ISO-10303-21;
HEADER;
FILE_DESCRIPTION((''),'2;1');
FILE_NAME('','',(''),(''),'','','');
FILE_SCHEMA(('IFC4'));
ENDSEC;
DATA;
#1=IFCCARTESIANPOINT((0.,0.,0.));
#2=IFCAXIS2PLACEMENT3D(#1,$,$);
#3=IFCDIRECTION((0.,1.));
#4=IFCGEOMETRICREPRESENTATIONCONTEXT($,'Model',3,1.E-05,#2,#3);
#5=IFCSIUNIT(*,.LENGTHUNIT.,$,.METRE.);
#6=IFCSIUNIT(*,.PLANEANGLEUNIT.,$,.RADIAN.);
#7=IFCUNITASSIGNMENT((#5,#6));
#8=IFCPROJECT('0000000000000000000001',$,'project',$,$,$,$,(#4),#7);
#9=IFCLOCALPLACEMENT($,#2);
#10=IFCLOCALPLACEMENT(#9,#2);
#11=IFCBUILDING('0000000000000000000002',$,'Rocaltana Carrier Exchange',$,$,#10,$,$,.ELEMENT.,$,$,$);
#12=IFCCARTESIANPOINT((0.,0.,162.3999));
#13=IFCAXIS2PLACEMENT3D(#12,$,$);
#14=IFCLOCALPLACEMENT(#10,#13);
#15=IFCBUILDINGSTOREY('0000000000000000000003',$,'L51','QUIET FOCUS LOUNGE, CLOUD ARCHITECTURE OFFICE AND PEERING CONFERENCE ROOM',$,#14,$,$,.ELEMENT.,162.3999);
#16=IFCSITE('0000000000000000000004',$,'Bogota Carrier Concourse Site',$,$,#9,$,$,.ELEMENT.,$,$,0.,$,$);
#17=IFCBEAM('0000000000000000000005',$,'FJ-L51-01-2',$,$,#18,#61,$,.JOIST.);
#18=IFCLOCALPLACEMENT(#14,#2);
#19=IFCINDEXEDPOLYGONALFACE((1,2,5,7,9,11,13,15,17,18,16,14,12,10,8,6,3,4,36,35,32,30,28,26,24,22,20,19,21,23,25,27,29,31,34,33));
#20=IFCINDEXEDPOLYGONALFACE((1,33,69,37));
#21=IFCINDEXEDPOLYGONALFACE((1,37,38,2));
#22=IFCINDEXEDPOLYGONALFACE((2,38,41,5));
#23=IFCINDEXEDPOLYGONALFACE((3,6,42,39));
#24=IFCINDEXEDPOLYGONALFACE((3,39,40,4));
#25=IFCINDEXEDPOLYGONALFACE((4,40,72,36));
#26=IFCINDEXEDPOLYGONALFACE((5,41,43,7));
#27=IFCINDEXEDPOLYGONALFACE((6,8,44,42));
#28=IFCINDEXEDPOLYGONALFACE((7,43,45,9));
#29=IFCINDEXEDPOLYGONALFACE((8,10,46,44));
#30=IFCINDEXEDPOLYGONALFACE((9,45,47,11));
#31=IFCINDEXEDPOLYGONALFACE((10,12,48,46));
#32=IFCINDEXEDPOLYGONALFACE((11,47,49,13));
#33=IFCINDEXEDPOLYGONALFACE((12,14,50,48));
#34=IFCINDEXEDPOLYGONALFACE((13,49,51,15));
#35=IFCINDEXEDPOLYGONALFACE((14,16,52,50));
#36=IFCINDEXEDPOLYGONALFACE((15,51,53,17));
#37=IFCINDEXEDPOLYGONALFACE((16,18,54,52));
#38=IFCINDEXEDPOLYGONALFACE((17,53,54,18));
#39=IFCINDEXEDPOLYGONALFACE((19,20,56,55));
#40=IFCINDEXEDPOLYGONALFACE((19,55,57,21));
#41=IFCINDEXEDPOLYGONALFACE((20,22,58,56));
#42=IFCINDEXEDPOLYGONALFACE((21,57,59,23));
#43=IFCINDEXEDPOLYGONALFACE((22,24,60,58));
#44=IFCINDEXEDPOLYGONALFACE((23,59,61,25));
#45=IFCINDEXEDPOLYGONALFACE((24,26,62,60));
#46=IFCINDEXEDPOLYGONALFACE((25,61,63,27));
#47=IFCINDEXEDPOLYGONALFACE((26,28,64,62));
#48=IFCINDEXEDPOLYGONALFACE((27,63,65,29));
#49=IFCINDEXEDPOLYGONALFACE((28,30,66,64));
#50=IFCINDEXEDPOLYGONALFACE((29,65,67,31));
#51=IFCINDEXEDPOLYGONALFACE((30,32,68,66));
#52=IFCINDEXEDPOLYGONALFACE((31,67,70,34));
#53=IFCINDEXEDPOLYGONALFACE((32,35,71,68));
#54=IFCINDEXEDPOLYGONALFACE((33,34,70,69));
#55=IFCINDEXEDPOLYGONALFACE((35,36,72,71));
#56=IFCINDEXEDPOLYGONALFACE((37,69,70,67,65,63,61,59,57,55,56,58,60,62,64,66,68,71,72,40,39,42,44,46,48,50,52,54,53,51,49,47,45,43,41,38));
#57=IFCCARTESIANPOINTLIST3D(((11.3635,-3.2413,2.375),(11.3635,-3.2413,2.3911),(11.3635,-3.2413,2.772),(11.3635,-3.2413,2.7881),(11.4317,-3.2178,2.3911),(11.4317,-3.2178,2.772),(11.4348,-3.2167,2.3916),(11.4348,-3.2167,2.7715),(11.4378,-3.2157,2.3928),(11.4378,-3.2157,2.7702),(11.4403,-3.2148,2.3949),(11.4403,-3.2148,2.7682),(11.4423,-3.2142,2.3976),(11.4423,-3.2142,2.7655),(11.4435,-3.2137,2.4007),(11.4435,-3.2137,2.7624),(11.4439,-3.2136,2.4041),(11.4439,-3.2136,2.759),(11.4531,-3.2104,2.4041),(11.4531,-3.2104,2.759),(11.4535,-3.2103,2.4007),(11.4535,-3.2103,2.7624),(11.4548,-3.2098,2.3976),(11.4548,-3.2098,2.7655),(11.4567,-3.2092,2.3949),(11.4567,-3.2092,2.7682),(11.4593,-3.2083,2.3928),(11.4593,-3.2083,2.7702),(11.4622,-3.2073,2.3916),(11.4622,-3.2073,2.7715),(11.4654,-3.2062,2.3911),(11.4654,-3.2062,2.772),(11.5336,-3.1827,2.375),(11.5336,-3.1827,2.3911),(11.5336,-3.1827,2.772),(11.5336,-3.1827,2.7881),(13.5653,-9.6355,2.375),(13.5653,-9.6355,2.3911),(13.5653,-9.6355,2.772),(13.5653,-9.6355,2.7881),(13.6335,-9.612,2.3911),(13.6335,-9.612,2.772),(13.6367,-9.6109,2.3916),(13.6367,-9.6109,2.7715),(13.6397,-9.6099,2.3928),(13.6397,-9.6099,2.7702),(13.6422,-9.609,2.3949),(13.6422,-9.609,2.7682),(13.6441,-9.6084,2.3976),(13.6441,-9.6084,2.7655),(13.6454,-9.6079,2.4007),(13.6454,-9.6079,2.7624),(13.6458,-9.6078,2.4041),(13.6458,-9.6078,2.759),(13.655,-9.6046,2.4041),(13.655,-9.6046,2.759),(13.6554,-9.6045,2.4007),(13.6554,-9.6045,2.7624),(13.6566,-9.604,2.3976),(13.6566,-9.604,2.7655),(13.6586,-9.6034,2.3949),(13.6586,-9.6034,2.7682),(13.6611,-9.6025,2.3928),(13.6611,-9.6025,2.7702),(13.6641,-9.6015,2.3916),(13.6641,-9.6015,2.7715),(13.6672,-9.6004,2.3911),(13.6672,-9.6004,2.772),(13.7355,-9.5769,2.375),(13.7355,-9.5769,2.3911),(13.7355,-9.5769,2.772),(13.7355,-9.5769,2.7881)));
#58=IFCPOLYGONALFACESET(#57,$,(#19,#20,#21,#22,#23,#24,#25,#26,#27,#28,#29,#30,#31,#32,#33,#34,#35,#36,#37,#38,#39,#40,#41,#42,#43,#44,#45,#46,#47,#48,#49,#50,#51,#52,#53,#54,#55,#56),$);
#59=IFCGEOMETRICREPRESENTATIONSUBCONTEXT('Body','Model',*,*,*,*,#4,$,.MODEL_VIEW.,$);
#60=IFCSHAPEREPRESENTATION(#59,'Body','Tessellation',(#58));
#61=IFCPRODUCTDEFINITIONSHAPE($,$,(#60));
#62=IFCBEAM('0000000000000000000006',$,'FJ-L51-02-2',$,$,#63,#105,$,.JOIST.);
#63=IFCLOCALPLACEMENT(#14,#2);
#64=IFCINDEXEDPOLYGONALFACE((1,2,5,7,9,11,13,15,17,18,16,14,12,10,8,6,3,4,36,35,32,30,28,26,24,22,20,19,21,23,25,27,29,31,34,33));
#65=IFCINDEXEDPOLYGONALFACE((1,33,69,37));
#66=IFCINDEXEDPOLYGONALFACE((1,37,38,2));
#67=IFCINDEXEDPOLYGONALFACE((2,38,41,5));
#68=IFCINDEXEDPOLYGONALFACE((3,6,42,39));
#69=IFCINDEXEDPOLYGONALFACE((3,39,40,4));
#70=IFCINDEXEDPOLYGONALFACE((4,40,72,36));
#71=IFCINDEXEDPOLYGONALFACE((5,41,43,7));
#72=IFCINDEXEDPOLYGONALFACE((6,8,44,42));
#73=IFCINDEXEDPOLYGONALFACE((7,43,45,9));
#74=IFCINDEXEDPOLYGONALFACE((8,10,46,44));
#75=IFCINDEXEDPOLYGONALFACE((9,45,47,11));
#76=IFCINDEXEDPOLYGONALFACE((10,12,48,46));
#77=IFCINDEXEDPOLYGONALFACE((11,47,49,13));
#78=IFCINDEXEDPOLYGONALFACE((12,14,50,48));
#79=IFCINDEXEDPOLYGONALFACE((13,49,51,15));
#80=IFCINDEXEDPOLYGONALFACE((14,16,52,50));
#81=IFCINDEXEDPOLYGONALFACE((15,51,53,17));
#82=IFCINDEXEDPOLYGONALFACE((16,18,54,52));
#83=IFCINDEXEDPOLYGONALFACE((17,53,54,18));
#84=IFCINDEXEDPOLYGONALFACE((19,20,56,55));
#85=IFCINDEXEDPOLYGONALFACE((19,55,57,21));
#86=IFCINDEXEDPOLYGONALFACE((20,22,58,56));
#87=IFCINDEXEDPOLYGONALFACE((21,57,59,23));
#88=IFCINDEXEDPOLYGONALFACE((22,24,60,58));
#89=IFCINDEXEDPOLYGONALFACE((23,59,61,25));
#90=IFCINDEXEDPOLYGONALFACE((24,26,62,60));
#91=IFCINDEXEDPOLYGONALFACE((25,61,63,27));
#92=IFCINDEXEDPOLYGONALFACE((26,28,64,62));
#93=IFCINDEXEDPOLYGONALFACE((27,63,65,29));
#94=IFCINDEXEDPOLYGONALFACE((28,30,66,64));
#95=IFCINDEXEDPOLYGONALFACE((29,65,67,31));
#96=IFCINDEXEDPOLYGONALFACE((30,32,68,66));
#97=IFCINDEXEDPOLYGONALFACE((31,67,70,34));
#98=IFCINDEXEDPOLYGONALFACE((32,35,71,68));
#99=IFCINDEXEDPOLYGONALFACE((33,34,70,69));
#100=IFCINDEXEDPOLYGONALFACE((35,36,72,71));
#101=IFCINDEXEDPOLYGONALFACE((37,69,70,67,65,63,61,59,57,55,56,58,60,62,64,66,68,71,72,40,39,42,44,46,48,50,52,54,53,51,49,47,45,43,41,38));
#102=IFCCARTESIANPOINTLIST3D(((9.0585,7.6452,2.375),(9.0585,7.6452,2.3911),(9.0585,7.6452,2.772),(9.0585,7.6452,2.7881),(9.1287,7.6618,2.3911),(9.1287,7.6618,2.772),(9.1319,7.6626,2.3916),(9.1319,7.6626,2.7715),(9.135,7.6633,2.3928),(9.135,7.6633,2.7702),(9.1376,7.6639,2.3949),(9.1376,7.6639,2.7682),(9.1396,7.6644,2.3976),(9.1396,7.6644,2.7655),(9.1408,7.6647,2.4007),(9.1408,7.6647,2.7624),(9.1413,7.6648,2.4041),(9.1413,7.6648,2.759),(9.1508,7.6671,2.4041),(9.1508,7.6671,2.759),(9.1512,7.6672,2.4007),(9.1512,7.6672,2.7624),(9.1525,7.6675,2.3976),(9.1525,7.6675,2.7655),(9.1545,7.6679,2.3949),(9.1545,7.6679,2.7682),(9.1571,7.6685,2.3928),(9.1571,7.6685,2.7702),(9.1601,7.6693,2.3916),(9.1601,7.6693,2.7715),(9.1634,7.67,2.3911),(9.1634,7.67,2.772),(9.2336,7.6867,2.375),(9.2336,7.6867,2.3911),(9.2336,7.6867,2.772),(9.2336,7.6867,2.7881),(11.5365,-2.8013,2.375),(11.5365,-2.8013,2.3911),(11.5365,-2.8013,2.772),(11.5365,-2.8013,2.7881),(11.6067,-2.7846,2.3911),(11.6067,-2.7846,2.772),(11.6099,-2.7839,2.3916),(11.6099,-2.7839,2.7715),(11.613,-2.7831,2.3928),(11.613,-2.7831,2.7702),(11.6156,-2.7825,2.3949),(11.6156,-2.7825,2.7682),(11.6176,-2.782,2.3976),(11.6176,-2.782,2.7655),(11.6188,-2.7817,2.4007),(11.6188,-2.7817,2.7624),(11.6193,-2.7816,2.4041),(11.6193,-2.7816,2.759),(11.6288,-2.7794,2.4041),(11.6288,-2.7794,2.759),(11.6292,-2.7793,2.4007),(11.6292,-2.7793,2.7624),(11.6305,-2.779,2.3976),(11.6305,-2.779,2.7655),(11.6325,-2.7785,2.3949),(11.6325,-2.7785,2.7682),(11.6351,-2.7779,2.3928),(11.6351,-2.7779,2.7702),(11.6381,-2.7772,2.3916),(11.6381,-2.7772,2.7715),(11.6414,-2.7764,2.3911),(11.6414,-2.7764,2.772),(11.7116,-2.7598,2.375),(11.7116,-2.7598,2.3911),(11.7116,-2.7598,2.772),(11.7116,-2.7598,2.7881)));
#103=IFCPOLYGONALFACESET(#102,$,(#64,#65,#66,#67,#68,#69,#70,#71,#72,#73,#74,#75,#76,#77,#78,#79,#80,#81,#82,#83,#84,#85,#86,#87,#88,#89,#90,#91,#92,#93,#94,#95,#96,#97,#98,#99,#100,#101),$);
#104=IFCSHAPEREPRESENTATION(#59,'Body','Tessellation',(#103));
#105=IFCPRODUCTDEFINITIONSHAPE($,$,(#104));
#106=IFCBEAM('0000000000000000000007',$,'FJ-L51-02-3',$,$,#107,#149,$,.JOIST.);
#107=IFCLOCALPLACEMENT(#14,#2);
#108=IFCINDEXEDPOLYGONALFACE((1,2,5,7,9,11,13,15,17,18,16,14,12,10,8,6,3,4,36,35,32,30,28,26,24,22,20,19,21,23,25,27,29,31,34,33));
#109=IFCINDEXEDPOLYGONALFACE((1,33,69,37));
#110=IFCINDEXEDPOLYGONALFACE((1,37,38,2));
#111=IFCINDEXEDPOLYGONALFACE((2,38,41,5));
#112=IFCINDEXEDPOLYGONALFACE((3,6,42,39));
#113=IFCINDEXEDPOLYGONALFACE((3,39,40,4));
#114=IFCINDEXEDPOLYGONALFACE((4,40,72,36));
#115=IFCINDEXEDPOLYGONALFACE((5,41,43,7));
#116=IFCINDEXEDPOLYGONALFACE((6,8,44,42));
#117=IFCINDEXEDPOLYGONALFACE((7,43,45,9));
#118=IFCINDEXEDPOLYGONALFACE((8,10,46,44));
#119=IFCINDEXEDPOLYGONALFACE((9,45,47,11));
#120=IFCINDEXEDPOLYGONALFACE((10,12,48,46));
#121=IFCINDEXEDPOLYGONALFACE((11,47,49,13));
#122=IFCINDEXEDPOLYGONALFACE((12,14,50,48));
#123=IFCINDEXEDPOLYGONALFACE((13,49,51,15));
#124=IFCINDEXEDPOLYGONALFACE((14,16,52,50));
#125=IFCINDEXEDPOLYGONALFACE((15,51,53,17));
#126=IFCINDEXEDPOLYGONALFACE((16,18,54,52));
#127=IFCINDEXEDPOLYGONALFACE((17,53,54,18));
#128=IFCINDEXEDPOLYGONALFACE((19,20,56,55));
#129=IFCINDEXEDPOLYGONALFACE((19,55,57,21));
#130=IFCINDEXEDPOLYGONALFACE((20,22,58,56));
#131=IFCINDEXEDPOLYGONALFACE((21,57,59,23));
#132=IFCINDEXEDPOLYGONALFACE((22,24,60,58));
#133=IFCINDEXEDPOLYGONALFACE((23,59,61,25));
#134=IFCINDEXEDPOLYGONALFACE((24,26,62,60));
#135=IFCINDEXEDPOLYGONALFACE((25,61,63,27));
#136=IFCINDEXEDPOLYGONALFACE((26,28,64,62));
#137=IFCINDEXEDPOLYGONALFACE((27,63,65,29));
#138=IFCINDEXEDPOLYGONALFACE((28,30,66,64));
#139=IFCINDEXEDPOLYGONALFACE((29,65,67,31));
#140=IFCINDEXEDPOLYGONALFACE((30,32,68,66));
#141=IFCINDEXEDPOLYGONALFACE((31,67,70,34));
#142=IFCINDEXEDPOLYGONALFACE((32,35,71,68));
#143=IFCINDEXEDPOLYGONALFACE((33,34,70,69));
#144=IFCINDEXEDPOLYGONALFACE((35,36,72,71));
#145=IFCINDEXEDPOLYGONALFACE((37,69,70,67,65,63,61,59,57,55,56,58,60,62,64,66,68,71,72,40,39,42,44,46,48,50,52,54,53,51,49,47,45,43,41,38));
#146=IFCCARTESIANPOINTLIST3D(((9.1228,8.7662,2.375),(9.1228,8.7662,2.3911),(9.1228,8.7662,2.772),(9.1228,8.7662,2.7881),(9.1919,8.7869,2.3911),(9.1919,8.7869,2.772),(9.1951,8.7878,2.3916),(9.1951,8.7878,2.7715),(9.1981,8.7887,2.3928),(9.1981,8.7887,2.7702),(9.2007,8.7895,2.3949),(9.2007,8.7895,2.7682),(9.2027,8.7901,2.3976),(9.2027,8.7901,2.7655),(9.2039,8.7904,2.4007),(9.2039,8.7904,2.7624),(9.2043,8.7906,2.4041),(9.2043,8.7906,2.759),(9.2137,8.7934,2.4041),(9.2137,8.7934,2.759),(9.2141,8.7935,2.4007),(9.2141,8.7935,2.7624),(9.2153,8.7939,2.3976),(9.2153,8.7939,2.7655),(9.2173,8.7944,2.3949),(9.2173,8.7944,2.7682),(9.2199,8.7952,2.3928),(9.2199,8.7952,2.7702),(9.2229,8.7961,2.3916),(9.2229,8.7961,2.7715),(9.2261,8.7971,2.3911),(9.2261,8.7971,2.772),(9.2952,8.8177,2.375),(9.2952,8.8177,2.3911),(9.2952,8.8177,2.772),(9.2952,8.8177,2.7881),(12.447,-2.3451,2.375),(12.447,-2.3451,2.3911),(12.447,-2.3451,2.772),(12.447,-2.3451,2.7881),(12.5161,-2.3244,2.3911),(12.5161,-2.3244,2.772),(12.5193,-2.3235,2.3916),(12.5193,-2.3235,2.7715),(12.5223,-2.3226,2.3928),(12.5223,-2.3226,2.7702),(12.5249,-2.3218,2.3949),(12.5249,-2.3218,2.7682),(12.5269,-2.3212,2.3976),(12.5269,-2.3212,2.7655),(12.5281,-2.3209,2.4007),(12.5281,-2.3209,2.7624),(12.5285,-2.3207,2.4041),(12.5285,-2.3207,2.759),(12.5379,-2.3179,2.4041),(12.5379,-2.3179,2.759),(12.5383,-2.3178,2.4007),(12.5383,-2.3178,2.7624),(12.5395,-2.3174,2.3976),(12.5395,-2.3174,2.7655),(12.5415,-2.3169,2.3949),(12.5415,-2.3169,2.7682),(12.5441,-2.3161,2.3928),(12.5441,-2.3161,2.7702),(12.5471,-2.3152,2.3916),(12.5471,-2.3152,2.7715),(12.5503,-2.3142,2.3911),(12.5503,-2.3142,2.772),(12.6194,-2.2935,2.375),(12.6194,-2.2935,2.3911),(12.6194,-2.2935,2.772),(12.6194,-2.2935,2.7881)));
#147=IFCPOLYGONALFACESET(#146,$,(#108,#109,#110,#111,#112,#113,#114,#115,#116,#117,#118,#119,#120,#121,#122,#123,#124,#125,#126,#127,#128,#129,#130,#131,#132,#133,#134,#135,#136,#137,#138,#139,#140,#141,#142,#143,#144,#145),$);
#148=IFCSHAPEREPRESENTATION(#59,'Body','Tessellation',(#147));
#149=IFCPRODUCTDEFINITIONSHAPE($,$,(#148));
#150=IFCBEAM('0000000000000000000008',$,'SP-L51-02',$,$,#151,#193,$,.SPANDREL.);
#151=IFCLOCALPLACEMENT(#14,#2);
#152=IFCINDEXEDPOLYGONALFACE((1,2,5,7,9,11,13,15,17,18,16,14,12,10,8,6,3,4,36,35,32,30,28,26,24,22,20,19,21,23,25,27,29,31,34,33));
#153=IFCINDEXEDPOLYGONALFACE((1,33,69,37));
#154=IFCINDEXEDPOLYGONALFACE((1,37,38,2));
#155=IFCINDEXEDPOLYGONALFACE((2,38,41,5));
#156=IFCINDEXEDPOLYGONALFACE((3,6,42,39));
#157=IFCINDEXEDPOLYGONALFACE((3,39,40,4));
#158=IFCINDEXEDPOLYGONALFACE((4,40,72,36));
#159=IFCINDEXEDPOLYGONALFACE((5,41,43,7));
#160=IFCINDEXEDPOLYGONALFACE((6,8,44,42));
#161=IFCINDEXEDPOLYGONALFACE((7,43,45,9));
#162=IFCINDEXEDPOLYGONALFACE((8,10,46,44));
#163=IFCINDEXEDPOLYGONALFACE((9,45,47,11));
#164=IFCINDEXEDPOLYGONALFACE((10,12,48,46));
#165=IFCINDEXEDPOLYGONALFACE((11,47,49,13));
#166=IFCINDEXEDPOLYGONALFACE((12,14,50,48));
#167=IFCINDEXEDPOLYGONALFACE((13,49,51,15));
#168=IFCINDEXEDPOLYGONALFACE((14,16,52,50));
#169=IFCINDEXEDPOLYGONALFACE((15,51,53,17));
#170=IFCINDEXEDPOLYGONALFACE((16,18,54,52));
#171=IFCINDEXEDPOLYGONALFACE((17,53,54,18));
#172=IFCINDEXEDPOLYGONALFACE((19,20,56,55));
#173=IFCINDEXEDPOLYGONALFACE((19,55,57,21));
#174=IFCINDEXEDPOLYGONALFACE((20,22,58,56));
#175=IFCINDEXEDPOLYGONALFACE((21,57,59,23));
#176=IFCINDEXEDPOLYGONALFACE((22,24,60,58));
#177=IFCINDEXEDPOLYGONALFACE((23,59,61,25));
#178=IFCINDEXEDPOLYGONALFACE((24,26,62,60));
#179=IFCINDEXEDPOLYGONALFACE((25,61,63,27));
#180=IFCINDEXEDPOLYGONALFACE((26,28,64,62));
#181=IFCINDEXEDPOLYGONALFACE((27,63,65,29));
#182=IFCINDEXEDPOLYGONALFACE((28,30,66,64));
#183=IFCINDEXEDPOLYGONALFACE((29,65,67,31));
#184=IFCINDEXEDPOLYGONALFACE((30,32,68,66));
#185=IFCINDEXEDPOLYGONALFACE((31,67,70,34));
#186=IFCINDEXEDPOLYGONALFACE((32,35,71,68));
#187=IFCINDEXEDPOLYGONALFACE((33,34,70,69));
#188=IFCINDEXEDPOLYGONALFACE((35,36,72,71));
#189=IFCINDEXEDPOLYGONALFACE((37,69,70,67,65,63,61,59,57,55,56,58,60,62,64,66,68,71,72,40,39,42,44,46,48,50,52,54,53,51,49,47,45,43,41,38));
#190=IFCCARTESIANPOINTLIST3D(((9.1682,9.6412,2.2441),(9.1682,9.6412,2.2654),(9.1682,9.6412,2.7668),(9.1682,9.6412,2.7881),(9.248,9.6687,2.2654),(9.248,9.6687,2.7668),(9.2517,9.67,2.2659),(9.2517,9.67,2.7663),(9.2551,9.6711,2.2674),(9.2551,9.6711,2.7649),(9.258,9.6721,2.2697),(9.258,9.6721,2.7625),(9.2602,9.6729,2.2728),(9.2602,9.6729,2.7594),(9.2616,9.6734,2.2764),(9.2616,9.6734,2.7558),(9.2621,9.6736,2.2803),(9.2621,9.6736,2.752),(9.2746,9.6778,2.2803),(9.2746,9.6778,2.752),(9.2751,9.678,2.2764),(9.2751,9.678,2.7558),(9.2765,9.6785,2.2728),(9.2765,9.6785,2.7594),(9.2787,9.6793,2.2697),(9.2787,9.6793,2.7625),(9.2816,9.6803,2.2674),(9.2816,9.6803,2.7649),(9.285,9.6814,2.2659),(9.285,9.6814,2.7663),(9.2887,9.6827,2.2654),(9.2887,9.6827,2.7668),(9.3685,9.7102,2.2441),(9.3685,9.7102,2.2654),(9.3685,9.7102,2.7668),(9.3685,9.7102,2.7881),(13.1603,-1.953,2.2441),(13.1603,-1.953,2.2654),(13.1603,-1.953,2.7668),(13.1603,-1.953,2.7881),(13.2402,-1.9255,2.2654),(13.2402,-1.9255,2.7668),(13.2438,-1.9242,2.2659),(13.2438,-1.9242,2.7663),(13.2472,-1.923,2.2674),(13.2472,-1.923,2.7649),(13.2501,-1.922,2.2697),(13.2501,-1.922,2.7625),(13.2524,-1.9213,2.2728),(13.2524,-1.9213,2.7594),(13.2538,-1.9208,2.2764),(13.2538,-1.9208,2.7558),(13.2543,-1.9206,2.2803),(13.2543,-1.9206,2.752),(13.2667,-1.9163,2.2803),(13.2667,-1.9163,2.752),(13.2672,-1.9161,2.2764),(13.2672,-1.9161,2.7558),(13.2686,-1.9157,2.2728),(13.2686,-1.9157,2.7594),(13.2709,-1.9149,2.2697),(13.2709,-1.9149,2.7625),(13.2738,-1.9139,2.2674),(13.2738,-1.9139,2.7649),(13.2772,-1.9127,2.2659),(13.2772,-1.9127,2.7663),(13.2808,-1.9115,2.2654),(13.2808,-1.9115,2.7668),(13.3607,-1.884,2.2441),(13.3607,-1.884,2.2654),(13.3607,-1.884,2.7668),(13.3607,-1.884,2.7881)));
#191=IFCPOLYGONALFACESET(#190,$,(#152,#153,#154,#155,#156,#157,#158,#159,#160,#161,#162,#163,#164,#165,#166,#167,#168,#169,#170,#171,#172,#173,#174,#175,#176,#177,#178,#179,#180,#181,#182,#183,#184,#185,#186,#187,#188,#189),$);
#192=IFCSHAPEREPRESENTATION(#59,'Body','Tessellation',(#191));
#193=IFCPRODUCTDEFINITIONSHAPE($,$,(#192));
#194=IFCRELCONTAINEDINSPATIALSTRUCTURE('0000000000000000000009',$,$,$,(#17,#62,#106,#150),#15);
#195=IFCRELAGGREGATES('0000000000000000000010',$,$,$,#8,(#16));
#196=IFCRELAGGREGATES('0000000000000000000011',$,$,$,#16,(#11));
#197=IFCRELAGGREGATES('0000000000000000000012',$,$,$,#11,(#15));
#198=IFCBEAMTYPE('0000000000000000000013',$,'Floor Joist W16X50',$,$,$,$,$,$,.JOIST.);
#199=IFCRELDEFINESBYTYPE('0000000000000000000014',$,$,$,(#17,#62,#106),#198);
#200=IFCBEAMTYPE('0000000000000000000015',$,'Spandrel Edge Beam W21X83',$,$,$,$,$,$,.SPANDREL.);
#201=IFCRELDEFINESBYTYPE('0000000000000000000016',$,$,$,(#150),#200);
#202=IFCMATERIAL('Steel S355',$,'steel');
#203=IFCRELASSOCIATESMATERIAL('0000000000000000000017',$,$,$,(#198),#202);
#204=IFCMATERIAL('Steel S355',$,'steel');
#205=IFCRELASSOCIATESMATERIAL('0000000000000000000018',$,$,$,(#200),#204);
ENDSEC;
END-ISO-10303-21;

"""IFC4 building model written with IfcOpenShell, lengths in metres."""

from ifc_helpers import new_model, si_unit, direction, frame, origin, origin_2d, place, context, subcontext, project, spatial, i_section, extrude, material, material_profile, profile_set, type_object, element, save


model = new_model("IFC4")

# Units and contexts
model_context = context("Model", 3, precision=1e-05, world=origin(), true_north=direction((0.0, 1.0)))
body_context = subcontext(model_context, "Body", "Model", "MODEL_VIEW")
ifc_project = project(units=[si_unit("LENGTHUNIT", "METRE"), si_unit("PLANEANGLEUNIT", "RADIAN")], contexts=[model_context])

# Site, building, storey
site_placement = place(None, origin())
site = spatial("IfcSite", under=ifc_project, at=site_placement, Name="Bogota Carrier Concourse Site", CompositionType="ELEMENT", RefElevation=0.0)
building_placement = place(site_placement, origin())
building = spatial("IfcBuilding", under=site, at=building_placement, Name="Rocaltana Carrier Exchange", CompositionType="ELEMENT")
storey_placement = place(building_placement, frame((0.0, 0.0, 162.3999)))
storey = spatial("IfcBuildingStorey", under=building, at=storey_placement, Name="L51", Description="QUIET FOCUS LOUNGE, CLOUD ARCHITECTURE OFFICE AND PEERING CONFERENCE ROOM", CompositionType="ELEMENT", Elevation=162.3999)

# Beams
ifc_material_1 = material(Name="Steel S355", Category="steel")
ifc_material_profile_1 = material_profile(ifc_material_1, i_section(OverallWidth=0.1799, OverallDepth=0.4131, WebThickness=0.0098, FlangeThickness=0.0161, FilletRadius=0.0129, at=origin_2d()), Name="W16X50")
ifc_profile_set_1 = profile_set([ifc_material_profile_1], Name="Steel S355")
beam_type_1 = type_object("IfcBeamType", Name="Floor Joist W16X50", PredefinedType="JOIST", material=ifc_profile_set_1)
beam_1_placement = place(storey_placement, frame((13.6504, -9.6062, 2.5815), z_axis=(-0.325591, 0.945511, 0.0), x_axis=(-0.945511, -0.325591, 0.0)))
element("IfcBeam", 1, at=beam_1_placement, inside=storey, type_object=beam_type_1, Name="FJ-L51-01-2", PredefinedType="JOIST", context=body_context, shape_type="SweptSolid", body=[
    extrude(i_section(OverallWidth=0.1799, OverallDepth=0.4131, WebThickness=0.0098, FlangeThickness=0.0161, FilletRadius=0.0129, at=origin_2d()), origin(), (0.0, 0.0, 1.0), 6.7627),
])
beam_2_placement = place(storey_placement, frame((11.624, -2.7805, 2.5815), z_axis=(-0.230806, 0.973, 0.0), x_axis=(-0.973, -0.230806, 0.0)))
element("IfcBeam", 2, at=beam_2_placement, inside=storey, type_object=beam_type_1, Name="FJ-L51-02-2", PredefinedType="JOIST", context=body_context, shape_type="SweptSolid", body=[
    extrude(i_section(OverallWidth=0.1799, OverallDepth=0.4131, WebThickness=0.0098, FlangeThickness=0.0161, FilletRadius=0.0129, at=origin_2d()), origin(), (0.0, 0.0, 1.0), 10.7363),
])
beam_3_placement = place(storey_placement, frame((12.5332, -2.3193, 2.5815), z_axis=(-0.286622, 0.958044, 0.0), x_axis=(-0.958044, -0.286622, 0.0)))
element("IfcBeam", 3, at=beam_3_placement, inside=storey, type_object=beam_type_1, Name="FJ-L51-02-3", PredefinedType="JOIST", context=body_context, shape_type="SweptSolid", body=[
    extrude(i_section(OverallWidth=0.1799, OverallDepth=0.4131, WebThickness=0.0098, FlangeThickness=0.0161, FilletRadius=0.0129, at=origin_2d()), origin(), (0.0, 0.0, 1.0), 11.5979),
])
ifc_material_2 = material(Name="Steel S355", Category="steel")
ifc_material_profile_2 = material_profile(ifc_material_2, i_section(OverallWidth=0.2119, OverallDepth=0.5439, WebThickness=0.0132, FlangeThickness=0.0212, FilletRadius=0.0149, at=origin_2d()), Name="W21X83")
ifc_profile_set_2 = profile_set([ifc_material_profile_2], Name="Steel S355")
beam_type_2 = type_object("IfcBeamType", Name="Spandrel Edge Beam W21X83", PredefinedType="SPANDREL", material=ifc_profile_set_2)
beam_4_placement = place(storey_placement, frame((13.2605, -1.9185, 2.5161), z_axis=(-0.325566, 0.945519, 0.0), x_axis=(-0.945519, -0.325566, 0.0)))
element("IfcBeam", 4, at=beam_4_placement, inside=storey, type_object=beam_type_2, Name="SP-L51-02", PredefinedType="SPANDREL", context=body_context, shape_type="SweptSolid", body=[
    extrude(i_section(OverallWidth=0.2119, OverallDepth=0.5439, WebThickness=0.0132, FlangeThickness=0.0212, FilletRadius=0.0149, at=origin_2d()), origin(), (0.0, 0.0, 1.0), 12.2622),
])

save(model, "model.ifc")
